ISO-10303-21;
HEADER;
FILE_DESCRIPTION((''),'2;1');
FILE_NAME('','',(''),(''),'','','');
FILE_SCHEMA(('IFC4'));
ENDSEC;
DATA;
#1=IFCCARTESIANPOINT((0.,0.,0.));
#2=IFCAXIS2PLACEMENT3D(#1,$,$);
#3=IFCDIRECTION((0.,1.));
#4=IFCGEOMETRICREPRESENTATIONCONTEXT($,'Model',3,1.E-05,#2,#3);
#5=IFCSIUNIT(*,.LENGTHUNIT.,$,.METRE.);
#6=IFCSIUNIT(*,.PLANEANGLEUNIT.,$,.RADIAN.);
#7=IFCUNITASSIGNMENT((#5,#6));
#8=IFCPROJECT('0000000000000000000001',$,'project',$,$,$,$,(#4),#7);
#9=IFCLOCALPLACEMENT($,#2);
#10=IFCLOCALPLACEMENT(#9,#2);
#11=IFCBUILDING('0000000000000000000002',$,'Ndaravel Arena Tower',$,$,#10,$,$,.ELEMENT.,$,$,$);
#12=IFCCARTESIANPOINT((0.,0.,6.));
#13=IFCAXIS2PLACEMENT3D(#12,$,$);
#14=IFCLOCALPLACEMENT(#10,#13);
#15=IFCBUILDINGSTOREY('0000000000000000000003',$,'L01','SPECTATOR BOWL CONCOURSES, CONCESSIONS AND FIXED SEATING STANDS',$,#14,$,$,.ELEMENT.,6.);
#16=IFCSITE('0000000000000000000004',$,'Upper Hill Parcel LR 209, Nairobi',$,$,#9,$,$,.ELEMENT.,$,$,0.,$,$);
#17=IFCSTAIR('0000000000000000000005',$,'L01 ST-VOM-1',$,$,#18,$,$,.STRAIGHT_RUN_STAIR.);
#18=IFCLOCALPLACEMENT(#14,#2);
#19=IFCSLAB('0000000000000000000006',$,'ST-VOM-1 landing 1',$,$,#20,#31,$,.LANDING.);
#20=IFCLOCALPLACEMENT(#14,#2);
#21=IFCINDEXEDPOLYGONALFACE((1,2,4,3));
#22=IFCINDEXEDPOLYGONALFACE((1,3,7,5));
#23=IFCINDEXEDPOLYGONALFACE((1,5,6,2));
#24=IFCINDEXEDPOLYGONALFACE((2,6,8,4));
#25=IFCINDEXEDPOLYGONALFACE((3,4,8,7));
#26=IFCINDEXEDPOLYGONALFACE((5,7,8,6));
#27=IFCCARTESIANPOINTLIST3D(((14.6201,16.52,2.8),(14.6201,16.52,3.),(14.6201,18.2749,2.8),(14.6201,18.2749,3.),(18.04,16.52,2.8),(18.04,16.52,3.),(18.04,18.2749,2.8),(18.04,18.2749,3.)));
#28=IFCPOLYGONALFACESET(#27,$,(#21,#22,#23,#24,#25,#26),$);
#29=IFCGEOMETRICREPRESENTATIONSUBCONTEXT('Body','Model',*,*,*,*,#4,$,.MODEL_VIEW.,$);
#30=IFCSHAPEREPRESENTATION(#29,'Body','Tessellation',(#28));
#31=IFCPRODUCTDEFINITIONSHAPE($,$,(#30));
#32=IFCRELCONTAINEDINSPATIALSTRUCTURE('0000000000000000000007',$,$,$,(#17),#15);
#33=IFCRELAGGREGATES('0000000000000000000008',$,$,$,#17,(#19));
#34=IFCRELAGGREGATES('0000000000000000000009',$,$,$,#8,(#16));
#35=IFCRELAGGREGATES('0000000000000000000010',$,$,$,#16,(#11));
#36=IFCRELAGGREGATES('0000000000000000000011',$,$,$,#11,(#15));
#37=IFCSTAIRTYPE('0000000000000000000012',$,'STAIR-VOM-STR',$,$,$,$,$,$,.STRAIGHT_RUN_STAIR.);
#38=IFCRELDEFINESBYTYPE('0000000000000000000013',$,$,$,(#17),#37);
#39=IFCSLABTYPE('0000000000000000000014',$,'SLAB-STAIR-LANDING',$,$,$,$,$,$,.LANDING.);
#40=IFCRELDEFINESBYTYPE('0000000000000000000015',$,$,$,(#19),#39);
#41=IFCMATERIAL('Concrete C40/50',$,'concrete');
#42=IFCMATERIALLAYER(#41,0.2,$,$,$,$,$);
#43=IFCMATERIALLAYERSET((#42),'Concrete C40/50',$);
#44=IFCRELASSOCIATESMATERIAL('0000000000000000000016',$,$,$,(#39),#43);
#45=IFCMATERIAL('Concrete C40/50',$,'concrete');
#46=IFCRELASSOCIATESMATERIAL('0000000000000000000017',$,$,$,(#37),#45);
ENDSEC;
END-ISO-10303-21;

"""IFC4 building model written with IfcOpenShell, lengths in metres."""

from ifc_helpers import new_model, si_unit, direction, frame, origin, place, context, subcontext, project, spatial, polyline, outline, extrude, material, layer, layer_set, type_object, element, aggregate, save


model = new_model("IFC4")

# Units and contexts
model_context = context("Model", 3, precision=1e-05, world=origin(), true_north=direction((0.0, 1.0)))
body_context = subcontext(model_context, "Body", "Model", "MODEL_VIEW")
ifc_project = project(units=[si_unit("LENGTHUNIT", "METRE"), si_unit("PLANEANGLEUNIT", "RADIAN")], contexts=[model_context])

# Site, building, storey
site_placement = place(None, origin())
site = spatial("IfcSite", under=ifc_project, at=site_placement, Name="Upper Hill Parcel LR 209, Nairobi", CompositionType="ELEMENT", RefElevation=0.0)
building_placement = place(site_placement, origin())
building = spatial("IfcBuilding", under=site, at=building_placement, Name="Ndaravel Arena Tower", CompositionType="ELEMENT")
storey_placement = place(building_placement, frame((0.0, 0.0, 6.0)))
storey = spatial("IfcBuildingStorey", under=building, at=storey_placement, Name="L01", Description="SPECTATOR BOWL CONCOURSES, CONCESSIONS AND FIXED SEATING STANDS", CompositionType="ELEMENT", Elevation=6.0)

# Stair, slab
ifc_material_1 = material(Name="Concrete C40/50", Category="concrete")
ifc_layer_1 = layer(ifc_material_1, 0.2)
ifc_layer_set_1 = layer_set([ifc_layer_1], Name="Concrete C40/50")
slab_type_1 = type_object("IfcSlabType", Name="SLAB-STAIR-LANDING", PredefinedType="LANDING", material=ifc_layer_set_1)
ifc_material_2 = material(Name="Concrete C40/50", Category="concrete")
stair_type_1 = type_object("IfcStairType", Name="STAIR-VOM-STR", PredefinedType="STRAIGHT_RUN_STAIR", material=ifc_material_2)
stair_1_placement = place(storey_placement, origin())
stair_1 = element("IfcStair", 1, at=stair_1_placement, inside=storey, type_object=stair_type_1, Name="L01 ST-VOM-1", PredefinedType="STRAIGHT_RUN_STAIR")
slab_1_placement = place(storey_placement, frame((0.0, 0.0, 2.8)))
slab_1 = element("IfcSlab", 2, at=slab_1_placement, type_object=slab_type_1, Name="ST-VOM-1 landing 1", PredefinedType="LANDING", context=body_context, shape_type="SweptSolid", body=[
    extrude(outline(polyline([(14.6201, 18.2749), (14.6201, 16.52), (18.04, 16.52), (18.04, 18.2749), (14.6201, 18.2749)])), origin(), (0.0, 0.0, 1.0), 0.2),
])
aggregate(stair_1, [slab_1])

save(model, "model.ifc")
